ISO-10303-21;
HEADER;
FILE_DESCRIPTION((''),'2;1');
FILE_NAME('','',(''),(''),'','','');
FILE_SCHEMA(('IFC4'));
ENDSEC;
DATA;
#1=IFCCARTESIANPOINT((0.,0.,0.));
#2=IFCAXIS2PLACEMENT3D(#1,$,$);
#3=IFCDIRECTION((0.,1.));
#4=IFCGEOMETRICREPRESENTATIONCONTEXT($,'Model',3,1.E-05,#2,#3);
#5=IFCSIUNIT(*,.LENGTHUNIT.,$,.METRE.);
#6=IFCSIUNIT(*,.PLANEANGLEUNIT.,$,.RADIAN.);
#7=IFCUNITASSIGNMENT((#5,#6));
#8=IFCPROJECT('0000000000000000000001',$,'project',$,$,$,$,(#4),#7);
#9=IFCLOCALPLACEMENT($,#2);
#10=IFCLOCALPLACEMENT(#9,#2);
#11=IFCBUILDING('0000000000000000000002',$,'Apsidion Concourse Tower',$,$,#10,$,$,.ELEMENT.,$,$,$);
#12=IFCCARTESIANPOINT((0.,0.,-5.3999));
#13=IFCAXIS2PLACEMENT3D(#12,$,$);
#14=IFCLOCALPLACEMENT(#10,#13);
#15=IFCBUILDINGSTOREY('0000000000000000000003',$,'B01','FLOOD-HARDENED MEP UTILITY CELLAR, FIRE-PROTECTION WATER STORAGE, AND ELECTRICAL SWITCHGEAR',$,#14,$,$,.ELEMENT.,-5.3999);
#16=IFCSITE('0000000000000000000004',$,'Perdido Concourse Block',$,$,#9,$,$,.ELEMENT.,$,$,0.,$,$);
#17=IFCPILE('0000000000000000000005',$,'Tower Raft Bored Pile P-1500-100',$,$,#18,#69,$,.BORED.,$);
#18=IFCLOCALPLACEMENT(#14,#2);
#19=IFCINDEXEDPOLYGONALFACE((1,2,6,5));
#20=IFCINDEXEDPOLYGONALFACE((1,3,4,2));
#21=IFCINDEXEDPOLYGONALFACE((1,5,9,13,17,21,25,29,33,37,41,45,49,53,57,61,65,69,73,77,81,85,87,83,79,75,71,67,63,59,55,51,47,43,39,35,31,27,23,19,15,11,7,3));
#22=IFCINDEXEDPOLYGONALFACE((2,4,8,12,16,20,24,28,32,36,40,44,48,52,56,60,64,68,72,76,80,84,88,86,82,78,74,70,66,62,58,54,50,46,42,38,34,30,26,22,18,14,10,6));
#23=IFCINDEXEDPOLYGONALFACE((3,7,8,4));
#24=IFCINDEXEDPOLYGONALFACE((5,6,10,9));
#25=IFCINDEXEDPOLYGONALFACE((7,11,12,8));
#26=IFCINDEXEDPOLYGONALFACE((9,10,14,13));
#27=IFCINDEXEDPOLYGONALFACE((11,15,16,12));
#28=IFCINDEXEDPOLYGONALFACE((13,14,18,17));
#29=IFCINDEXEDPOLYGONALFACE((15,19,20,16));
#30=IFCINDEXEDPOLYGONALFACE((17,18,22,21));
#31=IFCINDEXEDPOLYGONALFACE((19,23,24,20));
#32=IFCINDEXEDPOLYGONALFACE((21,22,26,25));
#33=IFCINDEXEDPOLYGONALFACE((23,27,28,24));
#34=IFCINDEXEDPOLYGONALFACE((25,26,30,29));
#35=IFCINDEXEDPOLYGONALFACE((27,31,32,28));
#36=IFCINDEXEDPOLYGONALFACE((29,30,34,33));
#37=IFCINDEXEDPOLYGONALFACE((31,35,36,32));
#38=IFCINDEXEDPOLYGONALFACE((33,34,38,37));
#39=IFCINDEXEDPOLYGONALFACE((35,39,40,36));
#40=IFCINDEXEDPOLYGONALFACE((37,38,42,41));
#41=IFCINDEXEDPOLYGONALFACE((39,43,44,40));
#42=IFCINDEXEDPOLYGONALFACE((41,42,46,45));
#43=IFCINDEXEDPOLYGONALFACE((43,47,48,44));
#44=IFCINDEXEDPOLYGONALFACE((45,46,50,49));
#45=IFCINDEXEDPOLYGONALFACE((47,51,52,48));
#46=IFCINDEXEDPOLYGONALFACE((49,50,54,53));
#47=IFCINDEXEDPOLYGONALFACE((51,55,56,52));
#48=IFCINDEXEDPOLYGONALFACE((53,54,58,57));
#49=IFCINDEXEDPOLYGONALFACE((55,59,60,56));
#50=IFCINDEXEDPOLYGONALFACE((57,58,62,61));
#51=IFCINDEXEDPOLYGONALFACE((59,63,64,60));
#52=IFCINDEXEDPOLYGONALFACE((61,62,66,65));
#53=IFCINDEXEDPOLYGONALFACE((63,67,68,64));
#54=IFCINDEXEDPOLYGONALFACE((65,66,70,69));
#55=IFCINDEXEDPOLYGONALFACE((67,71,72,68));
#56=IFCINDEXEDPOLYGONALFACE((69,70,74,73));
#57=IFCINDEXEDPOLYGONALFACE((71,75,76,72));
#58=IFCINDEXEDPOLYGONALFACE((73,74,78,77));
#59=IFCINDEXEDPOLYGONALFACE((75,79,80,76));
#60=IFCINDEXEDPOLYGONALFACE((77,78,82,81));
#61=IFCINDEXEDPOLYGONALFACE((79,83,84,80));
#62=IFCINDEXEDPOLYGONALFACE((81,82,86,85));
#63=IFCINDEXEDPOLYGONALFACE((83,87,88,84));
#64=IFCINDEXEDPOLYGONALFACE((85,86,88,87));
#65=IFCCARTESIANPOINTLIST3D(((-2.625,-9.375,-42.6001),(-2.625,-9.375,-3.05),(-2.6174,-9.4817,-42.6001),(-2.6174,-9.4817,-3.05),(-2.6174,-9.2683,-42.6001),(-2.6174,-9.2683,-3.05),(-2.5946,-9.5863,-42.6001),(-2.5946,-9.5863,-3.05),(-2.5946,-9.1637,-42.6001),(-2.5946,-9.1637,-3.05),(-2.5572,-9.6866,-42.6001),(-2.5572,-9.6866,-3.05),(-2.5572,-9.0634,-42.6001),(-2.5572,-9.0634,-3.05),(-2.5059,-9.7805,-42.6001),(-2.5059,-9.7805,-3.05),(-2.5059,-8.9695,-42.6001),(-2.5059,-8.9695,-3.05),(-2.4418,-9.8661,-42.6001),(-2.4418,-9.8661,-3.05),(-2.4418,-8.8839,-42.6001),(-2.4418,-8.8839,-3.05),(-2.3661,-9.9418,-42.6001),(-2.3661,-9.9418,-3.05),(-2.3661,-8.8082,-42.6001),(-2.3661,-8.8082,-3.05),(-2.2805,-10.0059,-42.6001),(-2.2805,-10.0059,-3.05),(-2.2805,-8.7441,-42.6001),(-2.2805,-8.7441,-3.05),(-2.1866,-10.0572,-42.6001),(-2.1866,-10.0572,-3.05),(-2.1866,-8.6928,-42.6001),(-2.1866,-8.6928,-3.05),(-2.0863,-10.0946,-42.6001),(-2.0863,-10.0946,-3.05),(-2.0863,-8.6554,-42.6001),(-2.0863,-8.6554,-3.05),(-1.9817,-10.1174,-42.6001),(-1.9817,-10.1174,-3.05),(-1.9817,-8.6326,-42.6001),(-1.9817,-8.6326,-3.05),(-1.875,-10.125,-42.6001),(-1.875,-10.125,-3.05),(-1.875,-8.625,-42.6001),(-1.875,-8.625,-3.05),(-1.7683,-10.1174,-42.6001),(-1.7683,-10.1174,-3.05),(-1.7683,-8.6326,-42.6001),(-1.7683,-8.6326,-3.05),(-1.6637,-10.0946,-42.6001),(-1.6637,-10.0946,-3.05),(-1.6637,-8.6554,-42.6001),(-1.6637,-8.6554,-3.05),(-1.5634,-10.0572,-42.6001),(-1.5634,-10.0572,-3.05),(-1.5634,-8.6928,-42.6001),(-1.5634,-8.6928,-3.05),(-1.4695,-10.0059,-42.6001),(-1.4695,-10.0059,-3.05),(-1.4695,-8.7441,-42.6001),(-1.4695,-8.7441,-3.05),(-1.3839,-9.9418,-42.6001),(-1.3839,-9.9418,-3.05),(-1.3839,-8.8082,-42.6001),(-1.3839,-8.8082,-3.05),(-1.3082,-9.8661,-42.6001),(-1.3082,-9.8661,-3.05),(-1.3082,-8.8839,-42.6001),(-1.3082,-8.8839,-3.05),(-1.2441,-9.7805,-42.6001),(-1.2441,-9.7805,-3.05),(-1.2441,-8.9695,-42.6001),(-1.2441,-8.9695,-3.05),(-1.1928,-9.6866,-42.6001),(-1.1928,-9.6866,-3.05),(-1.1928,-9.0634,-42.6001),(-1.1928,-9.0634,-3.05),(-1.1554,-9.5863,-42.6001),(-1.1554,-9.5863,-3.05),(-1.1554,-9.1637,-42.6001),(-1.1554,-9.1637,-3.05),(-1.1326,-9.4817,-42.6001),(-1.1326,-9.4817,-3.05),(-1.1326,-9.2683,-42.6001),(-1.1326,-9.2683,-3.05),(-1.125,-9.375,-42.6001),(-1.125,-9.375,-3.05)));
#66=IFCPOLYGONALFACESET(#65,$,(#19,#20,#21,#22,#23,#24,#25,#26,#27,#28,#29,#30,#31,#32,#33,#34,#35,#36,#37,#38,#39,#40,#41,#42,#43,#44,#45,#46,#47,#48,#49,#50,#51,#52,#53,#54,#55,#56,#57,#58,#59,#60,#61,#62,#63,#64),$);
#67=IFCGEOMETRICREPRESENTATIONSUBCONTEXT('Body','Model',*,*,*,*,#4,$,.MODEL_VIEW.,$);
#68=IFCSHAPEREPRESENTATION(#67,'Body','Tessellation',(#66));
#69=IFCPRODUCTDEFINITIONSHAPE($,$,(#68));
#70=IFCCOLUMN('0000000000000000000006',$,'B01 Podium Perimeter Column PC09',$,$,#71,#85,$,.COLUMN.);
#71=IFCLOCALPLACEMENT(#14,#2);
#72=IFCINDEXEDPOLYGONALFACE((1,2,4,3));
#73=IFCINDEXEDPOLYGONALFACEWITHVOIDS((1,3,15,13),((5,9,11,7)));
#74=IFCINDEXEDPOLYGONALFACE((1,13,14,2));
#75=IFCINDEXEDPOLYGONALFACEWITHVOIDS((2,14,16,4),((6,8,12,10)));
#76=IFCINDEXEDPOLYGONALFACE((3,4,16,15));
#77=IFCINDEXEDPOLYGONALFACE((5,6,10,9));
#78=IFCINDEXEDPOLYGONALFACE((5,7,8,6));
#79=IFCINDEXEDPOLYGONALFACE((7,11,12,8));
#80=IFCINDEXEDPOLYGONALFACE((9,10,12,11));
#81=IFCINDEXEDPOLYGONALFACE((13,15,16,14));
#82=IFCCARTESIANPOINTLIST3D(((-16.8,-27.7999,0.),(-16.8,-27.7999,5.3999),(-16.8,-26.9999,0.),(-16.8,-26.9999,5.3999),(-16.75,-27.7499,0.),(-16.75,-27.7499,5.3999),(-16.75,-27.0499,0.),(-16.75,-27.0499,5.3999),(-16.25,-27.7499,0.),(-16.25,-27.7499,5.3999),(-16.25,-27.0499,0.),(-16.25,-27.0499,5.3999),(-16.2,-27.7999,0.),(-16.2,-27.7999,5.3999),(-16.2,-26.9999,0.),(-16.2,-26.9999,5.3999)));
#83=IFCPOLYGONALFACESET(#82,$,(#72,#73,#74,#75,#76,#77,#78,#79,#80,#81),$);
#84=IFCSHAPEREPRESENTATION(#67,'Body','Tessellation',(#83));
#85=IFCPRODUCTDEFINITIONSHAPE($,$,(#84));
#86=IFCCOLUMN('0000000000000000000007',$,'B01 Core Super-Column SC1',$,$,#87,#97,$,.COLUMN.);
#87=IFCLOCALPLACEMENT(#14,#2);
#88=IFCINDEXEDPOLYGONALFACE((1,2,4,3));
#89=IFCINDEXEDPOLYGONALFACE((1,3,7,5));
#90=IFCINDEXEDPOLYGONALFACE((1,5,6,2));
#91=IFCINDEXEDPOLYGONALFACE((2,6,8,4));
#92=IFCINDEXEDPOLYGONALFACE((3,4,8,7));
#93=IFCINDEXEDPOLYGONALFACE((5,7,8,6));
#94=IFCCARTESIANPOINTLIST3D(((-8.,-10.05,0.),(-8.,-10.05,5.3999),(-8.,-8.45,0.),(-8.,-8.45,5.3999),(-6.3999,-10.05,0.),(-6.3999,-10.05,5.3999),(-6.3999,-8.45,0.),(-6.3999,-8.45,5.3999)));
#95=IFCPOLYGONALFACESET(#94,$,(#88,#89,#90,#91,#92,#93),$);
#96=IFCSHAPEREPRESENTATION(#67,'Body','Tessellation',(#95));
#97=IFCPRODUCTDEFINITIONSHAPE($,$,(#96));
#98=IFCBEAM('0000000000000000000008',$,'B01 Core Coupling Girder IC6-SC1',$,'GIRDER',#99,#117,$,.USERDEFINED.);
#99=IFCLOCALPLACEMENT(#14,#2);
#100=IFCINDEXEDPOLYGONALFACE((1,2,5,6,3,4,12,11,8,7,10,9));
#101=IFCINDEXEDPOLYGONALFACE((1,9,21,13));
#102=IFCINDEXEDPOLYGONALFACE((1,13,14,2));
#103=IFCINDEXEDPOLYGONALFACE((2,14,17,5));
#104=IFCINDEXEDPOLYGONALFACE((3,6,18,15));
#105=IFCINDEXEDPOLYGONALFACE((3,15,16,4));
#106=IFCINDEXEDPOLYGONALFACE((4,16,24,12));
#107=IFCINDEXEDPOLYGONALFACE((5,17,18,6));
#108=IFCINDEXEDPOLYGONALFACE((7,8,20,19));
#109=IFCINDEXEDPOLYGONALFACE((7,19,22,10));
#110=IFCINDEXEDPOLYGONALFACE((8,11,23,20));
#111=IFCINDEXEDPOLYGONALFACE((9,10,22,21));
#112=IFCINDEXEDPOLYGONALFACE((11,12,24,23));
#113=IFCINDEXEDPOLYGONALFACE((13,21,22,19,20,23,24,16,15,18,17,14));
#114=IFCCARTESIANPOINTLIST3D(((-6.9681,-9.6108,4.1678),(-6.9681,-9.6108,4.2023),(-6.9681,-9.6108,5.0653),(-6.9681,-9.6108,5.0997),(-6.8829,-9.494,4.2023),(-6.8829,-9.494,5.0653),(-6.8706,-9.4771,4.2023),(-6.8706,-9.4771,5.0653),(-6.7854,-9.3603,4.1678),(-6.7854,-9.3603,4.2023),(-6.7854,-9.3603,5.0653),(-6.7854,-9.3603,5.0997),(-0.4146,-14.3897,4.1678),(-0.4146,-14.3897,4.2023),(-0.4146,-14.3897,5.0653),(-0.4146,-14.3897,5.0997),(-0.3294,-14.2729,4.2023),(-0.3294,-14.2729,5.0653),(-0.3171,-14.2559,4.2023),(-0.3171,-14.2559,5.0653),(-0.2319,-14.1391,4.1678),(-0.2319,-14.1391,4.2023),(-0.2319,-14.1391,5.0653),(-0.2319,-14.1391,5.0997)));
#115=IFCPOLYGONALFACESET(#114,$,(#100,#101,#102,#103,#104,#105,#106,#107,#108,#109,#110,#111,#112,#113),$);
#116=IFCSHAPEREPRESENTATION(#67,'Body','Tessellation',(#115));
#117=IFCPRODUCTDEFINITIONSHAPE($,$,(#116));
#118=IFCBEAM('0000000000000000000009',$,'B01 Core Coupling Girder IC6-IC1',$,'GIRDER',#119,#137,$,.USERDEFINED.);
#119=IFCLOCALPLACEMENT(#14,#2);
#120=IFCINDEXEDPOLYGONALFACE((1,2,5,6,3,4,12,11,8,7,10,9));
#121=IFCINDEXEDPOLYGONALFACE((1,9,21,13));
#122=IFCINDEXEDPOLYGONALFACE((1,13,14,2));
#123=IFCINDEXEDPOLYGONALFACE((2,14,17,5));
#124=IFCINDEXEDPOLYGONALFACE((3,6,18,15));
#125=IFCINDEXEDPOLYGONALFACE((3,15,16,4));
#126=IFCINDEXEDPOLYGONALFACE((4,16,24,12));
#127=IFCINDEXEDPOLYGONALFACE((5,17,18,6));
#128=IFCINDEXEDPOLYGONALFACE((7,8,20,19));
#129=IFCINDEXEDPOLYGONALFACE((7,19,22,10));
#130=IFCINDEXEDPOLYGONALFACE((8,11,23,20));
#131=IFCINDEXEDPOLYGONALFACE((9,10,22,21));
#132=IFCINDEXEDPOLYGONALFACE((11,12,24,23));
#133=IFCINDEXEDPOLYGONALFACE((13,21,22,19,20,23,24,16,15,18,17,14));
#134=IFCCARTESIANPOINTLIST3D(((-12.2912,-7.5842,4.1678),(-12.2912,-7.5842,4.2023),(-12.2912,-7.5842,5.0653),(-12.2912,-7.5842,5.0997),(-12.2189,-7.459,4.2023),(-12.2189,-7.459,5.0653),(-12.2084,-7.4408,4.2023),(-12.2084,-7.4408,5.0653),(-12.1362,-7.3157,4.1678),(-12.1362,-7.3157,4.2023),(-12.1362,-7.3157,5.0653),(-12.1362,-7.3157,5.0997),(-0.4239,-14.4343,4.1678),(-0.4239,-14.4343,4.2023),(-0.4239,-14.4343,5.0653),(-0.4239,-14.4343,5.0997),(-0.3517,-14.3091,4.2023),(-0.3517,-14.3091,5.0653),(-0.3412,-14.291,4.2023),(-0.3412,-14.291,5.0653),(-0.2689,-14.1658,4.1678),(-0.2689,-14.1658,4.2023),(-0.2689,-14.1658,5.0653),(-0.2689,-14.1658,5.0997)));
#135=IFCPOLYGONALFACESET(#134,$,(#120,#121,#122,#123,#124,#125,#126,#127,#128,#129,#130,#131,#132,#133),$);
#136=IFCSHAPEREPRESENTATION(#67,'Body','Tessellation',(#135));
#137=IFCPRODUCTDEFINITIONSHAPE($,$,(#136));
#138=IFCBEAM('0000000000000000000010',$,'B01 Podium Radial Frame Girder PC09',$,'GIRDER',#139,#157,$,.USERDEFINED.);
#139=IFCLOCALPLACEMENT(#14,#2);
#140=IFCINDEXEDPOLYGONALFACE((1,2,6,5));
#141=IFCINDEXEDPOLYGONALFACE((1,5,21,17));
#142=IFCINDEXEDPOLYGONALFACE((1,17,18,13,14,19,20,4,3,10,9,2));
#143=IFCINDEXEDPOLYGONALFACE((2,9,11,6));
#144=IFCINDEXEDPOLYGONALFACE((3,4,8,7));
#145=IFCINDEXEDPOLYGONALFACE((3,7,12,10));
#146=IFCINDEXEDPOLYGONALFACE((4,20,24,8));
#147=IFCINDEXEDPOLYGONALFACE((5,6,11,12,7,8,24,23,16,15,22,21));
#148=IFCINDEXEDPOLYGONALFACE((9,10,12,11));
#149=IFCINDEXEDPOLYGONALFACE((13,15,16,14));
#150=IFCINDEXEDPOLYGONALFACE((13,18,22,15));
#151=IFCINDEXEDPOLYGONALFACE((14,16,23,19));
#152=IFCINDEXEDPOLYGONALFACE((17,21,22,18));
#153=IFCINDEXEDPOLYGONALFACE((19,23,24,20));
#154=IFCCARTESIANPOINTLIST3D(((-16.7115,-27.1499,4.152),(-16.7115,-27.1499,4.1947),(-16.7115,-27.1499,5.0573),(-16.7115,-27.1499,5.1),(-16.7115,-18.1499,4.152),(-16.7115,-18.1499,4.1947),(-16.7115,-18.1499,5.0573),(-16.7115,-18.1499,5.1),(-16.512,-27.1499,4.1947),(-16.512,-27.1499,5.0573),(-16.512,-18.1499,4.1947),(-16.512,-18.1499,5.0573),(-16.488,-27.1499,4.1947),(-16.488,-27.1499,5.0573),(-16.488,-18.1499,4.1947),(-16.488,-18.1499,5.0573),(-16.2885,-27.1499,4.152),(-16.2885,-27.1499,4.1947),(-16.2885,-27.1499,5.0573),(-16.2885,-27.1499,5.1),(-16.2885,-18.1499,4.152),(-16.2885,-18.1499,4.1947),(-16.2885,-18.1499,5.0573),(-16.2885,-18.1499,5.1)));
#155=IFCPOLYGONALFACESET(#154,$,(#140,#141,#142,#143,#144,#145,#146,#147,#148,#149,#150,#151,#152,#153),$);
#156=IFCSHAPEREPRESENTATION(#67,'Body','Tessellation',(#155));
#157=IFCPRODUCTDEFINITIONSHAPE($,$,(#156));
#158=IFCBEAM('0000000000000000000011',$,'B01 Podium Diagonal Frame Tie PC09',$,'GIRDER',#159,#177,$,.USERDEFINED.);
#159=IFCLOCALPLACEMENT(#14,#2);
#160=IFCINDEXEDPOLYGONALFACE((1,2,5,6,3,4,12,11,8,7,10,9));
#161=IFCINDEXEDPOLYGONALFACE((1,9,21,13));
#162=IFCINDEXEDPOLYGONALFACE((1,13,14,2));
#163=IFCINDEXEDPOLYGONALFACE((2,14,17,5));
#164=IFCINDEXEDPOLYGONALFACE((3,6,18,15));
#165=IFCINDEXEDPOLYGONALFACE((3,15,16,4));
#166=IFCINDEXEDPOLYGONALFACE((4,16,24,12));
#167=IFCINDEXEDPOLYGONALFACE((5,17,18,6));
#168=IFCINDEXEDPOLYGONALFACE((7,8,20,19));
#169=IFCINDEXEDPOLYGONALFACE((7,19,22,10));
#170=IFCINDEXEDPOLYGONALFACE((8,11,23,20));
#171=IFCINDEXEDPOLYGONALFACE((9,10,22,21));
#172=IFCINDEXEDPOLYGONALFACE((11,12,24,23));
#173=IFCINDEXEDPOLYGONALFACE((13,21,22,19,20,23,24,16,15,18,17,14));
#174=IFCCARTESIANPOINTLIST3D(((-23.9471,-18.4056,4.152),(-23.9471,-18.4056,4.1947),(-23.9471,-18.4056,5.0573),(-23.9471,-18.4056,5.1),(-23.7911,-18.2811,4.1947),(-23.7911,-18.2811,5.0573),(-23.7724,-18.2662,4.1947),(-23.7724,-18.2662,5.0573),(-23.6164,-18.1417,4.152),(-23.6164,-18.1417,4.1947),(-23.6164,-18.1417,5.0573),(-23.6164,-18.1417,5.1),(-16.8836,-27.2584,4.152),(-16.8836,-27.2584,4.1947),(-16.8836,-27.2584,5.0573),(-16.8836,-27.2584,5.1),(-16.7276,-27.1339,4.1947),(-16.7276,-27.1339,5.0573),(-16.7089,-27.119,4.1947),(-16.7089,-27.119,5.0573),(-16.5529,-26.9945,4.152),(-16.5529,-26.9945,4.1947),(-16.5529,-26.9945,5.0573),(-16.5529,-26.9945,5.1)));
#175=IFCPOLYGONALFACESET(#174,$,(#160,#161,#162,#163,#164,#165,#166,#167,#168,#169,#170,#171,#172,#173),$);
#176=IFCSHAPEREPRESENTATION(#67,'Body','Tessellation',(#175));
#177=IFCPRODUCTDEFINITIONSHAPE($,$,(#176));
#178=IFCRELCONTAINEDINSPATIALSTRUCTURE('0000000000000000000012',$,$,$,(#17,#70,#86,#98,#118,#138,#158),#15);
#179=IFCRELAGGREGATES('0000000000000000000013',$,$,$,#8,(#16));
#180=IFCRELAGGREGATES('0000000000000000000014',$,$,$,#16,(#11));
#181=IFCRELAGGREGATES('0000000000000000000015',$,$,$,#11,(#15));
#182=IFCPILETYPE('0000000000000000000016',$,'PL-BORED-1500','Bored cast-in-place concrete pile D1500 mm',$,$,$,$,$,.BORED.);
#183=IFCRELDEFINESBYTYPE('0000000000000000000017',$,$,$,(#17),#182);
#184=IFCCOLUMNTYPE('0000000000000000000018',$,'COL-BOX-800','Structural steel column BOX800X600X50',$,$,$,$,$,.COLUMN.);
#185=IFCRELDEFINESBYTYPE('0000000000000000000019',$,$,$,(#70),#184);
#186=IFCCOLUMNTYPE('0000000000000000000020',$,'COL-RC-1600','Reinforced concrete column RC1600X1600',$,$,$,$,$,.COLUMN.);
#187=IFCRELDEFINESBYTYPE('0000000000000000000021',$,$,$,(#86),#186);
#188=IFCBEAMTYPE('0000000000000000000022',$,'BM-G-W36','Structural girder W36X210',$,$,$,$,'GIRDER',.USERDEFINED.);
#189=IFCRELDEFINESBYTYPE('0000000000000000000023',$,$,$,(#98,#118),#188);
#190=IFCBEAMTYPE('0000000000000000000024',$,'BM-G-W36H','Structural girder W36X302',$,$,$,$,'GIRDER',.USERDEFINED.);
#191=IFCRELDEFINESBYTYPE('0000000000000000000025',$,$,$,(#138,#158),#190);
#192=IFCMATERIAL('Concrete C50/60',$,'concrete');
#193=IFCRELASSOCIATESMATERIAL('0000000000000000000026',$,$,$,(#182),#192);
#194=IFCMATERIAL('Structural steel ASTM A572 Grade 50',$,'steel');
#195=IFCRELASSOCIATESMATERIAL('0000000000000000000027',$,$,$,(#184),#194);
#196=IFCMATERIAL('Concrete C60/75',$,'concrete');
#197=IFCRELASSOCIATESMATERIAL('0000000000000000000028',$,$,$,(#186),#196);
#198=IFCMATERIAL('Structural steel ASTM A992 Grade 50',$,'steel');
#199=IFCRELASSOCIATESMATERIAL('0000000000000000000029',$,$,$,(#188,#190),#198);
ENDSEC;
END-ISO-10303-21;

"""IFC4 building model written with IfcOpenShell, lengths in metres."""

from ifc_helpers import new_model, si_unit, direction, frame, origin, origin_2d, place, context, subcontext, project, spatial, rectangle, hollow_rectangle, circle, i_section, extrude, material, material_profile, profile_set, type_object, element, save


model = new_model("IFC4")

# Units and contexts
model_context = context("Model", 3, precision=1e-05, world=origin(), true_north=direction((0.0, 1.0)))
body_context = subcontext(model_context, "Body", "Model", "MODEL_VIEW")
ifc_project = project(units=[si_unit("LENGTHUNIT", "METRE"), si_unit("PLANEANGLEUNIT", "RADIAN")], contexts=[model_context])

# Site, building, storey
site_placement = place(None, origin())
site = spatial("IfcSite", under=ifc_project, at=site_placement, Name="Perdido Concourse Block", CompositionType="ELEMENT", RefElevation=0.0)
building_placement = place(site_placement, origin())
building = spatial("IfcBuilding", under=site, at=building_placement, Name="Apsidion Concourse Tower", CompositionType="ELEMENT")
storey_placement = place(building_placement, frame((0.0, 0.0, -5.3999)))
storey = spatial("IfcBuildingStorey", under=building, at=storey_placement, Name="B01", Description="FLOOD-HARDENED MEP UTILITY CELLAR, FIRE-PROTECTION WATER STORAGE, AND ELECTRICAL SWITCHGEAR", CompositionType="ELEMENT", Elevation=-5.3999)

# Shared definitions
ifc_material_1 = material(Name="Concrete C50/60", Category="concrete")

# Pile
ifc_material_profile_1 = material_profile(ifc_material_1, circle(Radius=0.75, at=origin_2d()), Name="BORED PILE D1500")
ifc_profile_set_1 = profile_set([ifc_material_profile_1], Name="Concrete C50/60")
pile_type_1 = type_object("IfcPileType", Name="PL-BORED-1500", Description="Bored cast-in-place concrete pile D1500 mm", PredefinedType="BORED", material=ifc_profile_set_1)
for number, where, z_axis, x_axis, name in (
    (1, (-1.875, -9.375, -3.05), (0.0, 0.0, -1.0), (1.0, 0.0, 0.0), "Tower Raft Bored Pile P-1500-100"),
):
    element("IfcPile", number, at=place(storey_placement, frame(where, z_axis=z_axis, x_axis=x_axis)), inside=storey, type_object=pile_type_1, Name=name, PredefinedType="BORED", context=body_context, shape_type="SweptSolid", body=[
        extrude(circle(Radius=0.75, at=origin_2d()), origin(), (0.0, 0.0, 1.0), 39.55),
    ])

# Columns
ifc_material_2 = material(Name="Structural steel ASTM A572 Grade 50", Category="steel")
ifc_material_profile_2 = material_profile(ifc_material_2, hollow_rectangle(XDim=0.6001, YDim=0.8, WallThickness=0.05, at=origin_2d()), Name="BOX800X600X50")
ifc_profile_set_2 = profile_set([ifc_material_profile_2], Name="Structural steel ASTM A572 Grade 50")
column_type_1 = type_object("IfcColumnType", Name="COL-BOX-800", Description="Structural steel column BOX800X600X50", PredefinedType="COLUMN", material=ifc_profile_set_2)
column_1_placement = place(storey_placement, frame((-16.5, -27.3999, 0.0), z_axis=(0.0, 0.0, 1.0), x_axis=(1.0, 0.0, 0.0)))
element("IfcColumn", 2, at=column_1_placement, inside=storey, type_object=column_type_1, Name="B01 Podium Perimeter Column PC09", PredefinedType="COLUMN", context=body_context, shape_type="SweptSolid", body=[
    extrude(hollow_rectangle(XDim=0.6001, YDim=0.8, WallThickness=0.05, at=origin_2d()), origin(), (0.0, 0.0, 1.0), 5.3999),
])
ifc_material_3 = material(Name="Concrete C60/75", Category="concrete")
ifc_material_profile_3 = material_profile(ifc_material_3, rectangle(XDim=1.6001, YDim=1.6001, at=origin_2d()), Name="RC 1600x1600")
ifc_profile_set_3 = profile_set([ifc_material_profile_3], Name="Concrete C60/75")
column_type_2 = type_object("IfcColumnType", Name="COL-RC-1600", Description="Reinforced concrete column RC1600X1600", PredefinedType="COLUMN", material=ifc_profile_set_3)
column_2_placement = place(storey_placement, frame((-7.2, -9.25, 0.0), z_axis=(0.0, 0.0, 1.0), x_axis=(1.0, 0.0, 0.0)))
element("IfcColumn", 3, at=column_2_placement, inside=storey, type_object=column_type_2, Name="B01 Core Super-Column SC1", PredefinedType="COLUMN", context=body_context, shape_type="SweptSolid", body=[
    extrude(rectangle(XDim=1.6001, YDim=1.6001, at=origin_2d()), origin(), (0.0, 0.0, 1.0), 5.3999),
])

# Beams
ifc_material_4 = material(Name="Structural steel ASTM A992 Grade 50", Category="steel")
ifc_material_profile_4 = material_profile(ifc_material_4, i_section(OverallWidth=0.3101, OverallDepth=0.9319, WebThickness=0.021, FlangeThickness=0.0344, at=origin_2d()), Name="W36X210")
ifc_profile_set_4 = profile_set([ifc_material_profile_4], Name="Structural steel ASTM A992 Grade 50")
beam_type_1 = type_object("IfcBeamType", Name="BM-G-W36", Description="Structural girder W36X210", ElementType="GIRDER", PredefinedType="USERDEFINED", material=ifc_profile_set_4)
beam_1_placement = place(storey_placement, frame((-0.3232, -14.2644, 4.6338), z_axis=(-0.807993, 0.589191, 0.0), x_axis=(-0.589191, -0.807993, 0.0)))
element("IfcBeam", 4, at=beam_1_placement, inside=storey, type_object=beam_type_1, Name="B01 Core Coupling Girder IC6-SC1", ObjectType="GIRDER", PredefinedType="USERDEFINED", context=body_context, shape_type="SweptSolid", body=[
    extrude(i_section(OverallWidth=0.3101, OverallDepth=0.9319, WebThickness=0.021, FlangeThickness=0.0344, at=origin_2d()), origin(), (0.0, 0.0, 1.0), 8.1108),
])
beam_2_placement = place(storey_placement, frame((-0.3464, -14.3, 4.6338), z_axis=(-0.86607, 0.499922, 0.0), x_axis=(-0.499922, -0.86607, 0.0)))
element("IfcBeam", 5, at=beam_2_placement, inside=storey, type_object=beam_type_1, Name="B01 Core Coupling Girder IC6-IC1", ObjectType="GIRDER", PredefinedType="USERDEFINED", context=body_context, shape_type="SweptSolid", body=[
    extrude(i_section(OverallWidth=0.3101, OverallDepth=0.9319, WebThickness=0.021, FlangeThickness=0.0344, at=origin_2d()), origin(), (0.0, 0.0, 1.0), 13.7024),
])
ifc_material_profile_5 = material_profile(ifc_material_4, i_section(OverallWidth=0.4231, OverallDepth=0.948, WebThickness=0.0239, FlangeThickness=0.0427, at=origin_2d()), Name="W36X302")
ifc_profile_set_5 = profile_set([ifc_material_profile_5], Name="Structural steel ASTM A992 Grade 50")
beam_type_2 = type_object("IfcBeamType", Name="BM-G-W36H", Description="Structural girder W36X302", ElementType="GIRDER", PredefinedType="USERDEFINED", material=ifc_profile_set_5)
beam_3_placement = place(storey_placement, frame((-16.5, -27.1499, 4.626), z_axis=(0.0, 1.0, 0.0), x_axis=(-1.0, 0.0, 0.0)))
element("IfcBeam", 6, at=beam_3_placement, inside=storey, type_object=beam_type_2, Name="B01 Podium Radial Frame Girder PC09", ObjectType="GIRDER", PredefinedType="USERDEFINED", context=body_context, shape_type="SweptSolid", body=[
    extrude(i_section(OverallWidth=0.4231, OverallDepth=0.948, WebThickness=0.0239, FlangeThickness=0.0427, at=origin_2d()), origin(), (0.0, 0.0, 1.0), 9.0),
])
beam_4_placement = place(storey_placement, frame((-16.7183, -27.1265, 4.626), z_axis=(-0.623685, 0.781676, 0.0), x_axis=(-0.781676, -0.623685, 0.0)))
element("IfcBeam", 7, at=beam_4_placement, inside=storey, type_object=beam_type_2, Name="B01 Podium Diagonal Frame Tie PC09", ObjectType="GIRDER", PredefinedType="USERDEFINED", context=body_context, shape_type="SweptSolid", body=[
    extrude(i_section(OverallWidth=0.4231, OverallDepth=0.948, WebThickness=0.0239, FlangeThickness=0.0427, at=origin_2d()), origin(), (0.0, 0.0, 1.0), 11.3254),
])

save(model, "model.ifc")
